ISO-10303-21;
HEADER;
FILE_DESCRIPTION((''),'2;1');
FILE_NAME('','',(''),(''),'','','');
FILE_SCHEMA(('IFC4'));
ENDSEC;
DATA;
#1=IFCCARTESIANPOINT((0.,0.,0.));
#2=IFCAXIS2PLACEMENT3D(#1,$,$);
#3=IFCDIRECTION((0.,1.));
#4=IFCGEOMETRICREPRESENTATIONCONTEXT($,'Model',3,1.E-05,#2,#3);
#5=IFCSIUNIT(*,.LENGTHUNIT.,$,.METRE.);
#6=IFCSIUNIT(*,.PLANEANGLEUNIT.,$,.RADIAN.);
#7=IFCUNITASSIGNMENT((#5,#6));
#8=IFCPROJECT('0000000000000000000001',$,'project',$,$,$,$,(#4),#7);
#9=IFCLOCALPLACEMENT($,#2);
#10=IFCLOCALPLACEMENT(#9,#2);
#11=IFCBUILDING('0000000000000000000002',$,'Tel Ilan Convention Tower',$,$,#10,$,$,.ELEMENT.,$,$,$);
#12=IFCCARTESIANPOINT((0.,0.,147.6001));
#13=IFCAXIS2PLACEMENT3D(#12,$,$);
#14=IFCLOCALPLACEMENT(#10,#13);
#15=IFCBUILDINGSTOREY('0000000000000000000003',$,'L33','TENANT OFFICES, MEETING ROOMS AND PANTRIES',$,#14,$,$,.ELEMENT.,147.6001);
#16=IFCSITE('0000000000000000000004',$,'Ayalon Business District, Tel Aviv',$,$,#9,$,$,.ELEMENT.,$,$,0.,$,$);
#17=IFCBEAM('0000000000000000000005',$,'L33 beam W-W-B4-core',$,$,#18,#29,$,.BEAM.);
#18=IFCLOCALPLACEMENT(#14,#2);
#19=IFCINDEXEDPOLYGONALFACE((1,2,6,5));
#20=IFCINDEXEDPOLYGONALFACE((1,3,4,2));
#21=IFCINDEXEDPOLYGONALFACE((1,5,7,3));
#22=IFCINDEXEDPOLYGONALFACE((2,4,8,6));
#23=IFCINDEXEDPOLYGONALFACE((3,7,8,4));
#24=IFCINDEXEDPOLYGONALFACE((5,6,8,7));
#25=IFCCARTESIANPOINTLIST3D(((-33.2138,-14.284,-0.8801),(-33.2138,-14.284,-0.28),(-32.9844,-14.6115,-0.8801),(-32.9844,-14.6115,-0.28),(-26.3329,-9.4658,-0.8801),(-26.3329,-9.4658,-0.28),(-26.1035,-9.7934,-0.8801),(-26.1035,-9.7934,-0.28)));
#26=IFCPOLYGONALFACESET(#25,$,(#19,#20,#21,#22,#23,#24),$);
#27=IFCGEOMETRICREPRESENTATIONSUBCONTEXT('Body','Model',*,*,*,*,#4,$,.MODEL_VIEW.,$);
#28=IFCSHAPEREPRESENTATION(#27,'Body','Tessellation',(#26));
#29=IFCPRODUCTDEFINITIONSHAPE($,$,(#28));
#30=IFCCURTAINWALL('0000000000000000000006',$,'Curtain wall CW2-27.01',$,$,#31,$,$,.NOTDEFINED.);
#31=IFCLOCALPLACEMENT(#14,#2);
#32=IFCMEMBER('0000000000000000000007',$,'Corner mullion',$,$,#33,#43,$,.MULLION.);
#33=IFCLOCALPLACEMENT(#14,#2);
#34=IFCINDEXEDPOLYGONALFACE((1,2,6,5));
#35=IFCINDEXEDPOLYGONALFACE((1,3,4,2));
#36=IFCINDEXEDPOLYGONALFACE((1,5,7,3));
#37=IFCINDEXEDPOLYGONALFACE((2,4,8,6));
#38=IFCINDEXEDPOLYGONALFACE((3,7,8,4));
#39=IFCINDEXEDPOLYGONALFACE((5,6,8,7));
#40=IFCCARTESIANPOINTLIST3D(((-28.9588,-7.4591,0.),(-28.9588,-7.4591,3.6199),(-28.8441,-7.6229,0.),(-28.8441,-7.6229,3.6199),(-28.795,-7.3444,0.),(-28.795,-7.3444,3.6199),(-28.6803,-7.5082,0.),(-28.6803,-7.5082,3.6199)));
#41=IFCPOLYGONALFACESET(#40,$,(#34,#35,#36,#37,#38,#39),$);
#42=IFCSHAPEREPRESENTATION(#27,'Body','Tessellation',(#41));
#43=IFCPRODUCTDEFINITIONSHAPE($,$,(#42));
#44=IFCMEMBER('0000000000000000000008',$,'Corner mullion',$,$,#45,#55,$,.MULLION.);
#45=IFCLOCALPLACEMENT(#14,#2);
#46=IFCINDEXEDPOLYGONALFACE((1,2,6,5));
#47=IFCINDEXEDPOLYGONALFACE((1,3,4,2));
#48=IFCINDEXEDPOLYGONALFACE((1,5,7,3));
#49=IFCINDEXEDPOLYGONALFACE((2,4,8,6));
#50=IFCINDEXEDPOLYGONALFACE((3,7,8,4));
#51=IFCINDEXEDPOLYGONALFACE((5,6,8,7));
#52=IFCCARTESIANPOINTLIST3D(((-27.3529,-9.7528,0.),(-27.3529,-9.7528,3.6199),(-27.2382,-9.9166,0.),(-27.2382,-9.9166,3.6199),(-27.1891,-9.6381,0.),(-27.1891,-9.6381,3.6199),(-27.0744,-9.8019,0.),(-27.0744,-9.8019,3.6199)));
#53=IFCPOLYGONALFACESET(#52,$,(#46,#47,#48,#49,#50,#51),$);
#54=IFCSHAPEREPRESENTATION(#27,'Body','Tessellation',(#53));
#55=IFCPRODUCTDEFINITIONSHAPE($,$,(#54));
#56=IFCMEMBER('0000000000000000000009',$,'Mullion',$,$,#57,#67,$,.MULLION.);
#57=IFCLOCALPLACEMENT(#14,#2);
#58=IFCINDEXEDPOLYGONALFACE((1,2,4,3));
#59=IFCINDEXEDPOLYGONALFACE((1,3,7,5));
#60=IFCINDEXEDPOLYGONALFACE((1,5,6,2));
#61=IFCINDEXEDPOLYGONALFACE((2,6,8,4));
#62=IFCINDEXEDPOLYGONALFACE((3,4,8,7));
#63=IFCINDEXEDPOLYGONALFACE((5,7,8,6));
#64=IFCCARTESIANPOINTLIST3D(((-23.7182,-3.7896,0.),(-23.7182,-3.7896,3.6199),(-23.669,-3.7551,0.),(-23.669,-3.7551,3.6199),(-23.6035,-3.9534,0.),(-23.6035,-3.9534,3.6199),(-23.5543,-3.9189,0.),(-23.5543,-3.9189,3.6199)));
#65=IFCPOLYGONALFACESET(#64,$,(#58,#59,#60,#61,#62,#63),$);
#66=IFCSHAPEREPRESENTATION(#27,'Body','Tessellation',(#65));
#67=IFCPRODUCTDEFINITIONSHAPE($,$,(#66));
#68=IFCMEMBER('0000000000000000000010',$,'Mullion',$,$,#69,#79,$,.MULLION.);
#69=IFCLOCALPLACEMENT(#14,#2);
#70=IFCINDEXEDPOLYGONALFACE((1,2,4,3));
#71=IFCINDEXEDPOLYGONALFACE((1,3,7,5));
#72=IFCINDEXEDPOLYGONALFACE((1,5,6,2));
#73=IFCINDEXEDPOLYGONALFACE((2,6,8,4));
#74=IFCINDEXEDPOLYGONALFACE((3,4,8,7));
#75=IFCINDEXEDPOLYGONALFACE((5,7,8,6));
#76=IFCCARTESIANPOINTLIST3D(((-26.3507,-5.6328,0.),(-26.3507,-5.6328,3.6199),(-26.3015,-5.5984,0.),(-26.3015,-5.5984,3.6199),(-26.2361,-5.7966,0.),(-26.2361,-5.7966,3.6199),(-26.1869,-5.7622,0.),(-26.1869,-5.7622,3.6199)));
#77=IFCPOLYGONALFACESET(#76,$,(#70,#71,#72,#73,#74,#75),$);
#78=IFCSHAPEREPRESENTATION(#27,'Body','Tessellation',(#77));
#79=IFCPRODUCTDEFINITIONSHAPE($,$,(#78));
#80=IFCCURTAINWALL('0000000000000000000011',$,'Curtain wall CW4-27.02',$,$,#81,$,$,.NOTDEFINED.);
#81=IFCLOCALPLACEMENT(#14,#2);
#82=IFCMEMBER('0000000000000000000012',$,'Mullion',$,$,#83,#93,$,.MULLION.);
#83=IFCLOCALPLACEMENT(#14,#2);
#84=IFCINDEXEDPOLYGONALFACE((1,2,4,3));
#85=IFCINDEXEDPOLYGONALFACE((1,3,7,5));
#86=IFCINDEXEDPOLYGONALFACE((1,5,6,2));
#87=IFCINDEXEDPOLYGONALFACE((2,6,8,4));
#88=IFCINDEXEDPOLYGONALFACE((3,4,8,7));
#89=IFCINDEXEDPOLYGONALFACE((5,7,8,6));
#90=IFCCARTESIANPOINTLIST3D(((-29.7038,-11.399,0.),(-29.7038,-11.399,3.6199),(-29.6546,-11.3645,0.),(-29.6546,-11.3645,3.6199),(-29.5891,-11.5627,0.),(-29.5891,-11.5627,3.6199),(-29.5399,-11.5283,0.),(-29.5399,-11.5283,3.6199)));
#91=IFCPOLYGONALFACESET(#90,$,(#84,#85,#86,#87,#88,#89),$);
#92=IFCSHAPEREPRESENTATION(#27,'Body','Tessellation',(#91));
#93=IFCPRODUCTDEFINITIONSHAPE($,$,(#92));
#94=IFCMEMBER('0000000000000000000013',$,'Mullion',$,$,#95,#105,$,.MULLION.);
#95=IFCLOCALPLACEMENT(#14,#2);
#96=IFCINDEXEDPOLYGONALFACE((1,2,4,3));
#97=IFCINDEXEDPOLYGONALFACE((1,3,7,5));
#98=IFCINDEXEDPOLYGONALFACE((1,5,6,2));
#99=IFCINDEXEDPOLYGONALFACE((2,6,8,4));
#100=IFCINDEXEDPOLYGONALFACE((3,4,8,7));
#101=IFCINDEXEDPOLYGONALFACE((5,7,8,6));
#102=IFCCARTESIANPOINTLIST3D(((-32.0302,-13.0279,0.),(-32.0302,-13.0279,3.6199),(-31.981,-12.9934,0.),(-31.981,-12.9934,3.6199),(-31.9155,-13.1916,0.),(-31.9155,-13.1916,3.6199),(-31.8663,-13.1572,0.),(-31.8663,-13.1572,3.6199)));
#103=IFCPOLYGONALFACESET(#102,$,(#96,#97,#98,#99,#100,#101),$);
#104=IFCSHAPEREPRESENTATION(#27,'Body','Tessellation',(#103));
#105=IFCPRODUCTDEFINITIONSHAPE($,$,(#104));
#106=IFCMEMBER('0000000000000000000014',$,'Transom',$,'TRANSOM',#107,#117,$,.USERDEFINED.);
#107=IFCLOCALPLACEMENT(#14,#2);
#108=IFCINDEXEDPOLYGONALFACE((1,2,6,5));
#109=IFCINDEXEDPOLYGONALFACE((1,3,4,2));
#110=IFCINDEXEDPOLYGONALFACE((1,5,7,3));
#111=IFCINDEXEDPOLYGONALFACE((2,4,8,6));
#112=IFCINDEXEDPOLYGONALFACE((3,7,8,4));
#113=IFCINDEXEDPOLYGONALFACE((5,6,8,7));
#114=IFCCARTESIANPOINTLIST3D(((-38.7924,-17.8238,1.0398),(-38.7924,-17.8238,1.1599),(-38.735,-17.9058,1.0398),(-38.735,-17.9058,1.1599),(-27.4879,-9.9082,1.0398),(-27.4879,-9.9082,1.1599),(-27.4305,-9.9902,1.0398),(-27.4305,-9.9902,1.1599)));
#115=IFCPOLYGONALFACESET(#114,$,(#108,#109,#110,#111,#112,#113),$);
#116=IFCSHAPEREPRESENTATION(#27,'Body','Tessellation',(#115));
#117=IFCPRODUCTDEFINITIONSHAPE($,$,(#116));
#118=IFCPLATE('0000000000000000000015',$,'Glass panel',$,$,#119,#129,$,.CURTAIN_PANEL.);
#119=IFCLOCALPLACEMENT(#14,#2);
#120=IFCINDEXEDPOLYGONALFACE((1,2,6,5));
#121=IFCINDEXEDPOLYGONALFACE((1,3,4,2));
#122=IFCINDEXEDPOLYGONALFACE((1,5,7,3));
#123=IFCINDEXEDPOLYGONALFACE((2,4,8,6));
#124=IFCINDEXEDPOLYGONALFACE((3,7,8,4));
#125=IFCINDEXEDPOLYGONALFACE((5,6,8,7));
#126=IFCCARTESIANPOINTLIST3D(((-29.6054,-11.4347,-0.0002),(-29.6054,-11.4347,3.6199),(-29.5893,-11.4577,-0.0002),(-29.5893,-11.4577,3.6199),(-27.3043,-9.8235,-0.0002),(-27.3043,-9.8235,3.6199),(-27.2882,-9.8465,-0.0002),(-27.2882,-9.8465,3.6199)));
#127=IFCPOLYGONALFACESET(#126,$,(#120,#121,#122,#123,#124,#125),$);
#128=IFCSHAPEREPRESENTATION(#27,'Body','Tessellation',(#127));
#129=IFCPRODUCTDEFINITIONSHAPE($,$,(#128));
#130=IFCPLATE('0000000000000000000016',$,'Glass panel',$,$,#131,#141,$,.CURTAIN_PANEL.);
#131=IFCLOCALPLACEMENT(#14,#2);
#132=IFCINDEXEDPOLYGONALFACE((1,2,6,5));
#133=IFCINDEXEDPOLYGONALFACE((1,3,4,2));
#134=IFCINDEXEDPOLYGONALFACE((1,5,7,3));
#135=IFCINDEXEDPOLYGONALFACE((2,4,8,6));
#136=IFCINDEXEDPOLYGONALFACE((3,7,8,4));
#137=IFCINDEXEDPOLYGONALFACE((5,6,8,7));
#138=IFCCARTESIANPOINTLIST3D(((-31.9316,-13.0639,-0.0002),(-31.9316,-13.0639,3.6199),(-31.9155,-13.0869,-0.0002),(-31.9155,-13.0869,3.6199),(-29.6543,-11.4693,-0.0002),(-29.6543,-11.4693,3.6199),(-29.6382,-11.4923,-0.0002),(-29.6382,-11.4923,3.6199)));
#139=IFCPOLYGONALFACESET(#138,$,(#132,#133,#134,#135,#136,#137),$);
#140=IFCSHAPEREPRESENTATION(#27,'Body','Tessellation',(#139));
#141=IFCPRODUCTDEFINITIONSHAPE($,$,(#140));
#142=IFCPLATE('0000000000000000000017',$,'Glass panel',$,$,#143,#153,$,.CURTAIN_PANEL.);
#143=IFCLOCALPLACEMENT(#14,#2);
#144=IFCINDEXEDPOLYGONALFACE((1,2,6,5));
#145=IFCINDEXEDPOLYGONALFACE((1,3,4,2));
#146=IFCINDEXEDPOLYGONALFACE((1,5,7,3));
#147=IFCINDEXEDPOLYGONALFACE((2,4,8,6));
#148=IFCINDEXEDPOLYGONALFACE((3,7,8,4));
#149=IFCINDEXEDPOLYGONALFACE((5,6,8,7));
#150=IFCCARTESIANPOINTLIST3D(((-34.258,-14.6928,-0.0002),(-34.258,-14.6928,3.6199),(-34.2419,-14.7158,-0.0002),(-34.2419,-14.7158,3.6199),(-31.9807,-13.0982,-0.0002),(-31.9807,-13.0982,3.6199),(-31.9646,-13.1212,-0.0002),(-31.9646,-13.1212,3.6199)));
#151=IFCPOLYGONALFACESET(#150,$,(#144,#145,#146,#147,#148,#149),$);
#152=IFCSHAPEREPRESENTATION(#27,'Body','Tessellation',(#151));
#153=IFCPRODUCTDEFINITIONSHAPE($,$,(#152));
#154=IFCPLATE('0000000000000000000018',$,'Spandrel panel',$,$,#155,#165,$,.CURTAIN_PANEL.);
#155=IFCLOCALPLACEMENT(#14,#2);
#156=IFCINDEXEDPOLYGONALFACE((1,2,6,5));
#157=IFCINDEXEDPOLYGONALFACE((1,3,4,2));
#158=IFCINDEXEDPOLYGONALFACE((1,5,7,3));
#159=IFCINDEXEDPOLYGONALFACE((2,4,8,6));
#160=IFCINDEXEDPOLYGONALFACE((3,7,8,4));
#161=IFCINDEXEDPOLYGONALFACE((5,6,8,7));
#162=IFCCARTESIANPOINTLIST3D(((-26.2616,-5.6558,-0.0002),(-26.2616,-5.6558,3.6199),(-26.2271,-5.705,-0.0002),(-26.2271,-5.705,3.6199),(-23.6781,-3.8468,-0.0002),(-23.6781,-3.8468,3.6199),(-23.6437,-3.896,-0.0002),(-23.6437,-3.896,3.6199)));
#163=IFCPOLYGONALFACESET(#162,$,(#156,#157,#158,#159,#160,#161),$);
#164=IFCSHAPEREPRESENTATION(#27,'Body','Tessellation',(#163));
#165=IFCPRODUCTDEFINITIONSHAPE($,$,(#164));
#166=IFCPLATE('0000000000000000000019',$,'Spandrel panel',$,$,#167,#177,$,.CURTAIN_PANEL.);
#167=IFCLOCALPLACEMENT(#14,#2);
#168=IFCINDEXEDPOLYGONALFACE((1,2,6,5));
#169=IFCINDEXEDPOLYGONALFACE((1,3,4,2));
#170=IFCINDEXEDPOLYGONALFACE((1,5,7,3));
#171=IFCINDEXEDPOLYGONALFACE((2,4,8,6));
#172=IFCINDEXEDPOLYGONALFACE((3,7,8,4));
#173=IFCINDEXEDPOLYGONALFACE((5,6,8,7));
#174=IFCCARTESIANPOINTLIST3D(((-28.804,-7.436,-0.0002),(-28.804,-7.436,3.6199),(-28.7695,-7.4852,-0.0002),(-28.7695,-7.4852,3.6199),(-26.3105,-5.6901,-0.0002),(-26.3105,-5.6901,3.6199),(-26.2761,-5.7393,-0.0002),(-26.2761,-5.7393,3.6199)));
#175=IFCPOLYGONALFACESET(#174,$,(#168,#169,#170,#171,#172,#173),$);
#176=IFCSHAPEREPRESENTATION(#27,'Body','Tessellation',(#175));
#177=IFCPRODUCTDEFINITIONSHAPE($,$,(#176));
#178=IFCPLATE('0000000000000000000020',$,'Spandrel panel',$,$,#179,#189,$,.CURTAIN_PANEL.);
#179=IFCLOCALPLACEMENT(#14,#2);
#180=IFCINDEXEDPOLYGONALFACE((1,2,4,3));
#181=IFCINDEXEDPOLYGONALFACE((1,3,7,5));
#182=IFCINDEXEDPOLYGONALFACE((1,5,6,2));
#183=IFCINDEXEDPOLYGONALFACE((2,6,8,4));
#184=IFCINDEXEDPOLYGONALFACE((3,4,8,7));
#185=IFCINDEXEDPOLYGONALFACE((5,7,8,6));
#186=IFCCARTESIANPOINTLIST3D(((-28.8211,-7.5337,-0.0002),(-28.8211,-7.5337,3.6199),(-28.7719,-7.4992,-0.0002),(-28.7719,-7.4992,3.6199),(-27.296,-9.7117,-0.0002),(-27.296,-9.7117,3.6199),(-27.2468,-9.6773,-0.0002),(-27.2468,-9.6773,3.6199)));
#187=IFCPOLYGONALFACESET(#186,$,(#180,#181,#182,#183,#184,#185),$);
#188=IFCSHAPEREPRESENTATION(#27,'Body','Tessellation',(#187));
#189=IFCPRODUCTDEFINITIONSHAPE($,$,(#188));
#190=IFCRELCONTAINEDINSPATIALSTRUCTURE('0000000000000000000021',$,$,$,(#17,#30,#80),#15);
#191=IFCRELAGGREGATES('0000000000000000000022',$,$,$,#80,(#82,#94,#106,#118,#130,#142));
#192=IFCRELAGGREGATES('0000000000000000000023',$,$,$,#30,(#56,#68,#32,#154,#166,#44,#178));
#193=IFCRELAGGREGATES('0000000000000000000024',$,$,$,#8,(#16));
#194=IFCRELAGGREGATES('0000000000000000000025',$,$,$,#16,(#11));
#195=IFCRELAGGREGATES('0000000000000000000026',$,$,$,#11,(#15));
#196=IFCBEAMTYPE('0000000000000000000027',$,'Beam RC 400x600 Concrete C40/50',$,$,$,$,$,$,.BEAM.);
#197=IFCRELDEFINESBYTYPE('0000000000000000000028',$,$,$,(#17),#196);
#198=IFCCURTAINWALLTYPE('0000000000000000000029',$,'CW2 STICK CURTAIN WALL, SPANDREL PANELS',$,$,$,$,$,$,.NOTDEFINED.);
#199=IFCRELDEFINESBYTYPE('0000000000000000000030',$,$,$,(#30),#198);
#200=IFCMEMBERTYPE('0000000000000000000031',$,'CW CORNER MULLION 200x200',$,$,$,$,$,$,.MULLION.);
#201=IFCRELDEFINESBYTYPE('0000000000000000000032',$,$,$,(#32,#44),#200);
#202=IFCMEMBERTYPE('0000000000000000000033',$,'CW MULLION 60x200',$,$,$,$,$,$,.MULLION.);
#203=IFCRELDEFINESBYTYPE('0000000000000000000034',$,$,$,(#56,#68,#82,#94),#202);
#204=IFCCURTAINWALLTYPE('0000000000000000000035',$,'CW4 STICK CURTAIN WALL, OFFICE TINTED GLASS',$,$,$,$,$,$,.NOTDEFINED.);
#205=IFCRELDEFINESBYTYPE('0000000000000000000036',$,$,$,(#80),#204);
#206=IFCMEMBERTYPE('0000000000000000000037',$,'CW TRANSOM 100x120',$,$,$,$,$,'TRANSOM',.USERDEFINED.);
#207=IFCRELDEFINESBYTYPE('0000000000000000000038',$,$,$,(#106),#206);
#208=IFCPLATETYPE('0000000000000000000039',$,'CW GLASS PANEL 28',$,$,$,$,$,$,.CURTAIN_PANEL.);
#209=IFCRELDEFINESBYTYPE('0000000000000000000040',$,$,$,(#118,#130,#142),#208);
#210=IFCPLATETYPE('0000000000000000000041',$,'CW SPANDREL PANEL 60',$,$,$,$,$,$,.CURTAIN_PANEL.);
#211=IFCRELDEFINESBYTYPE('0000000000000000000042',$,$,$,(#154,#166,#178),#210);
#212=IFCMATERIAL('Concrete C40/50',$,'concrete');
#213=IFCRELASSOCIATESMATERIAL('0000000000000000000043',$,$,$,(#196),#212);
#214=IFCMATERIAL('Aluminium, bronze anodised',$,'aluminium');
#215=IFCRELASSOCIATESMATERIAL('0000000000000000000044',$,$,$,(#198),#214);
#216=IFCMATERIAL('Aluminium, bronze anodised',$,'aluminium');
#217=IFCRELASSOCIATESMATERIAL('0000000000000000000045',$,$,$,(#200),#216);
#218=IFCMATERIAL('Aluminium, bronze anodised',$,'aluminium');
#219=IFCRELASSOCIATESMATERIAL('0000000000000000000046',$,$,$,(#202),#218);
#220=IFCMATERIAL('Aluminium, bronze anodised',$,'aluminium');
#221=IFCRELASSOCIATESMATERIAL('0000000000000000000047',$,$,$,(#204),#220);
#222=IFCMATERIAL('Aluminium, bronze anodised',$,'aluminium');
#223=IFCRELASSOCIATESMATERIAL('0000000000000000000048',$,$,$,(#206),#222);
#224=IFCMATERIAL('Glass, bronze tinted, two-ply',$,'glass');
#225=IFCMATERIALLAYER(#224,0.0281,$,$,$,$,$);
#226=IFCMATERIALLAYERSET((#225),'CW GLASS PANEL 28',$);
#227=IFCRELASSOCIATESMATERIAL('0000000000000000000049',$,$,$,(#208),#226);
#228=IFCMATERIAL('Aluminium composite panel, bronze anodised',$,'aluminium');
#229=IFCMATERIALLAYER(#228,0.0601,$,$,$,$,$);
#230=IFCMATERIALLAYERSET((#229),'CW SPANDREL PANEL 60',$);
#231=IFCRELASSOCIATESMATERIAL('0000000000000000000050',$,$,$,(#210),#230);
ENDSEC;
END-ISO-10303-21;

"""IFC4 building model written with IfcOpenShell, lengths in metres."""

from ifc_helpers import new_model, si_unit, direction, frame, origin, origin_2d, place, context, subcontext, project, spatial, rectangle, extrude, material, layer, layer_set, material_profile, profile_set, type_object, element, aggregate, save


model = new_model("IFC4")

# Units and contexts
model_context = context("Model", 3, precision=1e-05, world=origin(), true_north=direction((0.0, 1.0)))
body_context = subcontext(model_context, "Body", "Model", "MODEL_VIEW")
ifc_project = project(units=[si_unit("LENGTHUNIT", "METRE"), si_unit("PLANEANGLEUNIT", "RADIAN")], contexts=[model_context])

# Site, building, storey
site_placement = place(None, origin())
site = spatial("IfcSite", under=ifc_project, at=site_placement, Name="Ayalon Business District, Tel Aviv", CompositionType="ELEMENT", RefElevation=0.0)
building_placement = place(site_placement, origin())
building = spatial("IfcBuilding", under=site, at=building_placement, Name="Tel Ilan Convention Tower", CompositionType="ELEMENT")
storey_placement = place(building_placement, frame((0.0, 0.0, 147.6001)))
storey = spatial("IfcBuildingStorey", under=building, at=storey_placement, Name="L33", Description="TENANT OFFICES, MEETING ROOMS AND PANTRIES", CompositionType="ELEMENT", Elevation=147.6001)

# Beam
ifc_material_1 = material(Name="Concrete C40/50", Category="concrete")
ifc_material_profile_1 = material_profile(ifc_material_1, rectangle(XDim=0.3999, YDim=0.6001, at=origin_2d()), Name="RC 400x600")
ifc_profile_set_1 = profile_set([ifc_material_profile_1], Name="Concrete C40/50")
beam_type = type_object("IfcBeamType", Name="Beam RC 400x600 Concrete C40/50", PredefinedType="BEAM", material=ifc_profile_set_1)
beam_placement = place(storey_placement, frame((-33.0991, -14.4478, -0.5801), z_axis=(0.819147, 0.573583, 0.0), x_axis=(-0.573583, 0.819147, 0.0)))
element("IfcBeam", 1, at=beam_placement, inside=storey, type_object=beam_type, Name="L33 beam W-W-B4-core", PredefinedType="BEAM", context=body_context, shape_type="SweptSolid", body=[
    extrude(rectangle(XDim=0.3999, YDim=0.6001, at=origin_2d()), origin(), (0.0, 0.0, 1.0), 8.4001),
])

# Curtain wall, members
ifc_material_2 = material(Name="Aluminium, bronze anodised", Category="aluminium")
curtain_wall_type_1 = type_object("IfcCurtainWallType", Name="CW2 STICK CURTAIN WALL, SPANDREL PANELS", PredefinedType="NOTDEFINED", material=ifc_material_2)
curtain_wall_1_placement = place(storey_placement, origin())
curtain_wall_1 = element("IfcCurtainWall", 2, at=curtain_wall_1_placement, inside=storey, type_object=curtain_wall_type_1, Name="Curtain wall CW2-27.01", PredefinedType="NOTDEFINED")
ifc_material_3 = material(Name="Aluminium, bronze anodised", Category="aluminium")
ifc_material_profile_2 = material_profile(ifc_material_3, rectangle(XDim=0.2, YDim=0.2, at=origin_2d()), Name="CW CORNER MULLION 200x200")
ifc_profile_set_2 = profile_set([ifc_material_profile_2], Name="Aluminium, bronze anodised")
member_type_1 = type_object("IfcMemberType", Name="CW CORNER MULLION 200x200", PredefinedType="MULLION", material=ifc_profile_set_2)
member_1_placement = place(storey_placement, frame((-28.8196, -7.4836, 0.0), z_axis=(0.0, 0.0, 1.0), x_axis=(-0.819152, -0.573576, 0.0)))
member_1 = element("IfcMember", 3, at=member_1_placement, type_object=member_type_1, Name="Corner mullion", PredefinedType="MULLION", context=body_context, shape_type="SweptSolid", body=[
    extrude(rectangle(XDim=0.2, YDim=0.2, at=origin_2d()), origin(), (0.0, 0.0, 1.0), 3.6199),
])
member_2_placement = place(storey_placement, frame((-27.2136, -9.7773, 0.0), z_axis=(0.0, 0.0, 1.0), x_axis=(0.573576, -0.819152, 0.0)))
member_2 = element("IfcMember", 4, at=member_2_placement, type_object=member_type_1, Name="Corner mullion", PredefinedType="MULLION", context=body_context, shape_type="SweptSolid", body=[
    extrude(rectangle(XDim=0.2, YDim=0.2, at=origin_2d()), origin(), (0.0, 0.0, 1.0), 3.6199),
])
ifc_material_4 = material(Name="Aluminium, bronze anodised", Category="aluminium")
ifc_material_profile_3 = material_profile(ifc_material_4, rectangle(XDim=0.0601, YDim=0.2, at=origin_2d()), Name="CW MULLION 60x200")
ifc_profile_set_3 = profile_set([ifc_material_profile_3], Name="Aluminium, bronze anodised")
member_type_2 = type_object("IfcMemberType", Name="CW MULLION 60x200", PredefinedType="MULLION", material=ifc_profile_set_3)
member_3_placement = place(storey_placement, frame((-23.6362, -3.8542, 0.0), z_axis=(0.0, 0.0, 1.0), x_axis=(-0.819152, -0.573576, 0.0)))
member_3 = element("IfcMember", 5, at=member_3_placement, type_object=member_type_2, Name="Mullion", PredefinedType="MULLION", context=body_context, shape_type="SweptSolid", body=[
    extrude(rectangle(XDim=0.0601, YDim=0.2, at=origin_2d()), origin(), (0.0, 0.0, 1.0), 3.6199),
])
member_4_placement = place(storey_placement, frame((-26.2688, -5.6975, 0.0), z_axis=(0.0, 0.0, 1.0), x_axis=(-0.819152, -0.573576, 0.0)))
member_4 = element("IfcMember", 6, at=member_4_placement, type_object=member_type_2, Name="Mullion", PredefinedType="MULLION", context=body_context, shape_type="SweptSolid", body=[
    extrude(rectangle(XDim=0.0601, YDim=0.2, at=origin_2d()), origin(), (0.0, 0.0, 1.0), 3.6199),
])

# Curtain wall, members, plates
ifc_material_5 = material(Name="Aluminium, bronze anodised", Category="aluminium")
curtain_wall_type_2 = type_object("IfcCurtainWallType", Name="CW4 STICK CURTAIN WALL, OFFICE TINTED GLASS", PredefinedType="NOTDEFINED", material=ifc_material_5)
curtain_wall_2_placement = place(storey_placement, origin())
curtain_wall_2 = element("IfcCurtainWall", 7, at=curtain_wall_2_placement, inside=storey, type_object=curtain_wall_type_2, Name="Curtain wall CW4-27.02", PredefinedType="NOTDEFINED")
member_5_placement = place(storey_placement, frame((-29.6218, -11.4636, 0.0), z_axis=(0.0, 0.0, 1.0), x_axis=(-0.819152, -0.573576, 0.0)))
member_5 = element("IfcMember", 8, at=member_5_placement, type_object=member_type_2, Name="Mullion", PredefinedType="MULLION", context=body_context, shape_type="SweptSolid", body=[
    extrude(rectangle(XDim=0.0601, YDim=0.2, at=origin_2d()), origin(), (0.0, 0.0, 1.0), 3.6199),
])
member_6_placement = place(storey_placement, frame((-31.9482, -13.0925, 0.0), z_axis=(0.0, 0.0, 1.0), x_axis=(-0.819152, -0.573576, 0.0)))
member_6 = element("IfcMember", 9, at=member_6_placement, type_object=member_type_2, Name="Mullion", PredefinedType="MULLION", context=body_context, shape_type="SweptSolid", body=[
    extrude(rectangle(XDim=0.0601, YDim=0.2, at=origin_2d()), origin(), (0.0, 0.0, 1.0), 3.6199),
])
ifc_material_6 = material(Name="Aluminium, bronze anodised", Category="aluminium")
ifc_material_profile_4 = material_profile(ifc_material_6, rectangle(XDim=0.1001, YDim=0.1201, at=origin_2d()), Name="CW TRANSOM 100x120")
ifc_profile_set_4 = profile_set([ifc_material_profile_4], Name="Aluminium, bronze anodised")
member_type_3 = type_object("IfcMemberType", Name="CW TRANSOM 100x120", ElementType="TRANSOM", PredefinedType="USERDEFINED", material=ifc_profile_set_4)
member_7_placement = place(storey_placement, frame((-27.4592, -9.9492, 1.0999), z_axis=(-0.81915, -0.57358, 0.0), x_axis=(0.57358, -0.81915, 0.0)))
member_7 = element("IfcMember", 10, at=member_7_placement, type_object=member_type_3, Name="Transom", ObjectType="TRANSOM", PredefinedType="USERDEFINED", context=body_context, shape_type="SweptSolid", body=[
    extrude(rectangle(XDim=0.1001, YDim=0.1201, at=origin_2d()), origin(), (0.0, 0.0, 1.0), 13.8003),
])
ifc_material_7 = material(Name="Glass, bronze tinted, two-ply", Category="glass")
ifc_layer_1 = layer(ifc_material_7, 0.0281)
ifc_layer_set_1 = layer_set([ifc_layer_1], Name="CW GLASS PANEL 28")
plate_type_1 = type_object("IfcPlateType", Name="CW GLASS PANEL 28", PredefinedType="CURTAIN_PANEL", material=ifc_layer_set_1)
plate_1_placement = place(storey_placement, frame((-28.4468, -10.6406, -0.0002), z_axis=(0.0, 0.0, 1.0), x_axis=(-0.819152, -0.573576, 0.0)))
plate_1 = element("IfcPlate", 11, at=plate_1_placement, type_object=plate_type_1, Name="Glass panel", PredefinedType="CURTAIN_PANEL", context=body_context, shape_type="SweptSolid", body=[
    extrude(rectangle(XDim=2.8091, YDim=0.0281, at=origin_2d()), origin(), (0.0, 0.0, 1.0), 3.6201),
])
plate_2_placement = place(storey_placement, frame((-30.7849, -12.2781, -0.0002), z_axis=(0.0, 0.0, 1.0), x_axis=(-0.819152, -0.573576, 0.0)))
plate_2 = element("IfcPlate", 12, at=plate_2_placement, type_object=plate_type_1, Name="Glass panel", PredefinedType="CURTAIN_PANEL", context=body_context, shape_type="SweptSolid", body=[
    extrude(rectangle(XDim=2.78, YDim=0.0281, at=origin_2d()), origin(), (0.0, 0.0, 1.0), 3.6201),
])
plate_3_placement = place(storey_placement, frame((-33.1113, -13.907, -0.0002), z_axis=(0.0, 0.0, 1.0), x_axis=(-0.819152, -0.573576, 0.0)))
plate_3 = element("IfcPlate", 13, at=plate_3_placement, type_object=plate_type_1, Name="Glass panel", PredefinedType="CURTAIN_PANEL", context=body_context, shape_type="SweptSolid", body=[
    extrude(rectangle(XDim=2.78, YDim=0.0281, at=origin_2d()), origin(), (0.0, 0.0, 1.0), 3.6201),
])
aggregate(curtain_wall_2, [member_5, member_6, member_7, plate_1, plate_2, plate_3])

# Plates
ifc_material_8 = material(Name="Aluminium composite panel, bronze anodised", Category="aluminium")
ifc_layer_2 = layer(ifc_material_8, 0.0601)
ifc_layer_set_2 = layer_set([ifc_layer_2], Name="CW SPANDREL PANEL 60")
plate_type_2 = type_object("IfcPlateType", Name="CW SPANDREL PANEL 60", PredefinedType="CURTAIN_PANEL", material=ifc_layer_set_2)
plate_4_placement = place(storey_placement, frame((-24.9526, -4.7759, -0.0002), z_axis=(0.0, 0.0, 1.0), x_axis=(-0.819152, -0.573576, 0.0)))
plate_4 = element("IfcPlate", 14, at=plate_4_placement, type_object=plate_type_2, Name="Spandrel panel", PredefinedType="CURTAIN_PANEL", context=body_context, shape_type="SweptSolid", body=[
    extrude(rectangle(XDim=3.1538, YDim=0.0601, at=origin_2d()), origin(), (0.0, 0.0, 1.0), 3.6201),
])
plate_5_placement = place(storey_placement, frame((-27.54, -6.5876, -0.0002), z_axis=(0.0, 0.0, 1.0), x_axis=(-0.819152, -0.573576, 0.0)))
plate_5 = element("IfcPlate", 15, at=plate_5_placement, type_object=plate_type_2, Name="Spandrel panel", PredefinedType="CURTAIN_PANEL", context=body_context, shape_type="SweptSolid", body=[
    extrude(rectangle(XDim=3.0439, YDim=0.0601, at=origin_2d()), origin(), (0.0, 0.0, 1.0), 3.6201),
])
plate_6_placement = place(storey_placement, frame((-28.0339, -8.6055, -0.0002), z_axis=(0.0, 0.0, 1.0), x_axis=(0.573576, -0.819152, 0.0)))
plate_6 = element("IfcPlate", 16, at=plate_6_placement, type_object=plate_type_2, Name="Spandrel panel", PredefinedType="CURTAIN_PANEL", context=body_context, shape_type="SweptSolid", body=[
    extrude(rectangle(XDim=2.6589, YDim=0.0601, at=origin_2d()), origin(), (0.0, 0.0, 1.0), 3.6201),
])
aggregate(curtain_wall_1, [member_3, member_4, member_1, plate_4, plate_5, member_2, plate_6])

save(model, "model.ifc")
